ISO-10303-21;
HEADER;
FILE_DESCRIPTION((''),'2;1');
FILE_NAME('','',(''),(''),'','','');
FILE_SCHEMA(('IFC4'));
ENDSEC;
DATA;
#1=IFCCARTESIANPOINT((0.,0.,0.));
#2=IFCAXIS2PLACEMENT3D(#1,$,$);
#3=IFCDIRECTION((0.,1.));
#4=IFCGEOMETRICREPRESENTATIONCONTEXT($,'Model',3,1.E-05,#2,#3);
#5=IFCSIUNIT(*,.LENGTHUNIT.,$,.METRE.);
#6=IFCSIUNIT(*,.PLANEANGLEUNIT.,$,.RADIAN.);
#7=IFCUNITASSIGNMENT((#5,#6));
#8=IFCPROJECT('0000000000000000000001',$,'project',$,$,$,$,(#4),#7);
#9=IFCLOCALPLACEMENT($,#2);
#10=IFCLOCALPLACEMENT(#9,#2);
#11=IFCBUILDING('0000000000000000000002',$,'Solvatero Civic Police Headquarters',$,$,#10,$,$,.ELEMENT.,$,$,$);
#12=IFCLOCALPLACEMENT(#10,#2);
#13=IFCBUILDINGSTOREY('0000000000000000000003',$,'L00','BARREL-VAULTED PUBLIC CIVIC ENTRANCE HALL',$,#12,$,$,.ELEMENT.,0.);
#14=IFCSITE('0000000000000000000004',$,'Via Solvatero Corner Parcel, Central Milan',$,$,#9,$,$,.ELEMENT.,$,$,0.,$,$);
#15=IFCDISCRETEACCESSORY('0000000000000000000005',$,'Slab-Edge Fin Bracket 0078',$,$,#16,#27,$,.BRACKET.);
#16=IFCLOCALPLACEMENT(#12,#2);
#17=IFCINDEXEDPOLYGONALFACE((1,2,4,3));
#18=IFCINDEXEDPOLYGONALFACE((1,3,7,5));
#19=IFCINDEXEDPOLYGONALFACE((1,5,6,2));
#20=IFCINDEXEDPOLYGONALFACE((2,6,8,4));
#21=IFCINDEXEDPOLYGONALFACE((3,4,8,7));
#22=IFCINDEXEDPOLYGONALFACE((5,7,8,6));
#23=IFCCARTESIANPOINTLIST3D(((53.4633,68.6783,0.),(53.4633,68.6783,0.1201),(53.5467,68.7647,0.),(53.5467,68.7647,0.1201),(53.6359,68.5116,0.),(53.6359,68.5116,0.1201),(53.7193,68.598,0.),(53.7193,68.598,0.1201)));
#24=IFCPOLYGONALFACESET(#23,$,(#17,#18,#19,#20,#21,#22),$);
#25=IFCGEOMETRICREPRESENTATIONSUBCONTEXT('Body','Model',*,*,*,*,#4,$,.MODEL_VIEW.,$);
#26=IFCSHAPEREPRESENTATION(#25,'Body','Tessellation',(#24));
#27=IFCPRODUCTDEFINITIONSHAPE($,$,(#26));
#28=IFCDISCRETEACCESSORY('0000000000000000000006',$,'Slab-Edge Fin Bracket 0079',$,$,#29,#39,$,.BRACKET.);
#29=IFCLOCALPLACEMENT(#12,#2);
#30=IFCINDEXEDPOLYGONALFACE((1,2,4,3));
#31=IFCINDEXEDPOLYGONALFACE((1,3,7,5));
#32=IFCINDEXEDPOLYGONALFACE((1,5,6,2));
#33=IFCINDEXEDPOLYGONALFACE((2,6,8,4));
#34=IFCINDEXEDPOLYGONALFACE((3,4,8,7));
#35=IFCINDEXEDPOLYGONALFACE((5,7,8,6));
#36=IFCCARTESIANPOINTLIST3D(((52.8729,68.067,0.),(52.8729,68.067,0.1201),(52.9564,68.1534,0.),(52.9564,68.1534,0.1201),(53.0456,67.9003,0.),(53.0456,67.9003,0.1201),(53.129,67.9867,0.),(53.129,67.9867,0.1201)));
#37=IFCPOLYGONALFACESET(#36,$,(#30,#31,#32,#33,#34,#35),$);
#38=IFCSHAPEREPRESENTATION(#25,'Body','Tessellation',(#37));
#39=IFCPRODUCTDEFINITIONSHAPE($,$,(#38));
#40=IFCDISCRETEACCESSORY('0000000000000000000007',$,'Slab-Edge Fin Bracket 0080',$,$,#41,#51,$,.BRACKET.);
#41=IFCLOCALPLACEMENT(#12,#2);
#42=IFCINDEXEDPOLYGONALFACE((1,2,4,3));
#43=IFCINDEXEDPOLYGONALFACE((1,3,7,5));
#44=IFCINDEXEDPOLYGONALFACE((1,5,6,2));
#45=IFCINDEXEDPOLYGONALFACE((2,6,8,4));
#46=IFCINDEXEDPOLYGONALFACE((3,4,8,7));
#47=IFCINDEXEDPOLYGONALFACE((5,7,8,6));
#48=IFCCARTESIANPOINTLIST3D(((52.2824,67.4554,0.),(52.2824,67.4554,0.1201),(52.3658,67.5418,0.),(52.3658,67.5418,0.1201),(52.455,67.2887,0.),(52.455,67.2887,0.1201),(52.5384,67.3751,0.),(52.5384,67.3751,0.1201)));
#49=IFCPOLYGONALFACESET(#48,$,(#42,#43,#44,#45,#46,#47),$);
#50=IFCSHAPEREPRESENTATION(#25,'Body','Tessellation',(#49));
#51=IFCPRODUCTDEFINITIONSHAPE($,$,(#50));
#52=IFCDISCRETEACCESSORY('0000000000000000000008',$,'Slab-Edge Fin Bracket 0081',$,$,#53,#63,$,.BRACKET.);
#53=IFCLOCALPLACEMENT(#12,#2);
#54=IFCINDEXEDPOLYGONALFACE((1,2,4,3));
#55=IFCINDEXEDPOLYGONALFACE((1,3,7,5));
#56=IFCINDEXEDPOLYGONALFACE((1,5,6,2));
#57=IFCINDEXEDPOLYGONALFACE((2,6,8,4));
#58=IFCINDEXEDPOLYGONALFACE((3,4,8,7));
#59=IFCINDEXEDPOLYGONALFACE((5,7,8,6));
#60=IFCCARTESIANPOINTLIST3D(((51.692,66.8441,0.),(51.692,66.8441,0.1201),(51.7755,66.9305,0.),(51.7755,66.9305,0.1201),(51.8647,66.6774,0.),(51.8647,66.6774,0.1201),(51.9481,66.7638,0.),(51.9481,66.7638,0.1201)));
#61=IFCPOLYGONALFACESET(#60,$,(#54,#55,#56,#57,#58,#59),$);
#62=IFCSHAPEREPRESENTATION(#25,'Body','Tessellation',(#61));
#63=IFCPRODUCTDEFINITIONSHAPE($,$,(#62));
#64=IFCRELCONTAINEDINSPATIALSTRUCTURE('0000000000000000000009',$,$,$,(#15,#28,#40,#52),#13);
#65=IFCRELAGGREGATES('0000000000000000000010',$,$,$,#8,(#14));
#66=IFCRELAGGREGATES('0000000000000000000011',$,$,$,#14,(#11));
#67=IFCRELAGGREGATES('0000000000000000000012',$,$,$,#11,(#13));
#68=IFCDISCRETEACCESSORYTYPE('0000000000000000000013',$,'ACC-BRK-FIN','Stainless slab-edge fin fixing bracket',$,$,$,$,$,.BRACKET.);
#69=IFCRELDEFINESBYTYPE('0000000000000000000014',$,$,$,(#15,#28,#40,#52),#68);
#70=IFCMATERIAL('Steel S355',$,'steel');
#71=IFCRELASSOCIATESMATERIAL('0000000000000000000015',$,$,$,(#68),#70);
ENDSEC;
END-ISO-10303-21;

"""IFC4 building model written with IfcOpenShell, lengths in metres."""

from ifc_helpers import new_model, si_unit, direction, frame, origin, origin_2d, place, context, subcontext, project, spatial, rectangle, extrude, material, type_object, element, save


model = new_model("IFC4")

# Units and contexts
model_context = context("Model", 3, precision=1e-05, world=origin(), true_north=direction((0.0, 1.0)))
body_context = subcontext(model_context, "Body", "Model", "MODEL_VIEW")
ifc_project = project(units=[si_unit("LENGTHUNIT", "METRE"), si_unit("PLANEANGLEUNIT", "RADIAN")], contexts=[model_context])

# Site, building, storey
site_placement = place(None, origin())
site = spatial("IfcSite", under=ifc_project, at=site_placement, Name="Via Solvatero Corner Parcel, Central Milan", CompositionType="ELEMENT", RefElevation=0.0)
building_placement = place(site_placement, origin())
building = spatial("IfcBuilding", under=site, at=building_placement, Name="Solvatero Civic Police Headquarters", CompositionType="ELEMENT")
storey_placement = place(building_placement, origin())
storey = spatial("IfcBuildingStorey", under=building, at=storey_placement, Name="L00", Description="BARREL-VAULTED PUBLIC CIVIC ENTRANCE HALL", CompositionType="ELEMENT", Elevation=0.0)

# Shared definitions
ifc_material_1 = material(Name="Steel S355", Category="steel")

# Discrete accessories
discrete_accessory_type = type_object("IfcDiscreteAccessoryType", Name="ACC-BRK-FIN", Description="Stainless slab-edge fin fixing bracket", PredefinedType="BRACKET", material=ifc_material_1)
for number, where, z_axis, x_axis, name in (
    (1, (53.5913, 68.6382, 0.0), (0.0, 0.0, 1.0), (-0.694658, -0.71934, 0.0), "Slab-Edge Fin Bracket 0078"),
    (2, (53.001, 68.0269, 0.0), (0.0, 0.0, 1.0), (-0.694658, -0.71934, 0.0), "Slab-Edge Fin Bracket 0079"),
    (3, (52.4104, 67.4153, 0.0), (0.0, 0.0, 1.0), (-0.694658, -0.71934, 0.0), "Slab-Edge Fin Bracket 0080"),
    (4, (51.8201, 66.804, 0.0), (0.0, 0.0, 1.0), (-0.694658, -0.71934, 0.0), "Slab-Edge Fin Bracket 0081"),
):
    element("IfcDiscreteAccessory", number, at=place(storey_placement, frame(where, z_axis=z_axis, x_axis=x_axis)), inside=storey, type_object=discrete_accessory_type, Name=name, PredefinedType="BRACKET", context=body_context, shape_type="SweptSolid", body=[
        extrude(rectangle(XDim=0.1201, YDim=0.24, at=origin_2d()), origin(), (0.0, 0.0, 1.0), 0.1201),
    ])

save(model, "model.ifc")
